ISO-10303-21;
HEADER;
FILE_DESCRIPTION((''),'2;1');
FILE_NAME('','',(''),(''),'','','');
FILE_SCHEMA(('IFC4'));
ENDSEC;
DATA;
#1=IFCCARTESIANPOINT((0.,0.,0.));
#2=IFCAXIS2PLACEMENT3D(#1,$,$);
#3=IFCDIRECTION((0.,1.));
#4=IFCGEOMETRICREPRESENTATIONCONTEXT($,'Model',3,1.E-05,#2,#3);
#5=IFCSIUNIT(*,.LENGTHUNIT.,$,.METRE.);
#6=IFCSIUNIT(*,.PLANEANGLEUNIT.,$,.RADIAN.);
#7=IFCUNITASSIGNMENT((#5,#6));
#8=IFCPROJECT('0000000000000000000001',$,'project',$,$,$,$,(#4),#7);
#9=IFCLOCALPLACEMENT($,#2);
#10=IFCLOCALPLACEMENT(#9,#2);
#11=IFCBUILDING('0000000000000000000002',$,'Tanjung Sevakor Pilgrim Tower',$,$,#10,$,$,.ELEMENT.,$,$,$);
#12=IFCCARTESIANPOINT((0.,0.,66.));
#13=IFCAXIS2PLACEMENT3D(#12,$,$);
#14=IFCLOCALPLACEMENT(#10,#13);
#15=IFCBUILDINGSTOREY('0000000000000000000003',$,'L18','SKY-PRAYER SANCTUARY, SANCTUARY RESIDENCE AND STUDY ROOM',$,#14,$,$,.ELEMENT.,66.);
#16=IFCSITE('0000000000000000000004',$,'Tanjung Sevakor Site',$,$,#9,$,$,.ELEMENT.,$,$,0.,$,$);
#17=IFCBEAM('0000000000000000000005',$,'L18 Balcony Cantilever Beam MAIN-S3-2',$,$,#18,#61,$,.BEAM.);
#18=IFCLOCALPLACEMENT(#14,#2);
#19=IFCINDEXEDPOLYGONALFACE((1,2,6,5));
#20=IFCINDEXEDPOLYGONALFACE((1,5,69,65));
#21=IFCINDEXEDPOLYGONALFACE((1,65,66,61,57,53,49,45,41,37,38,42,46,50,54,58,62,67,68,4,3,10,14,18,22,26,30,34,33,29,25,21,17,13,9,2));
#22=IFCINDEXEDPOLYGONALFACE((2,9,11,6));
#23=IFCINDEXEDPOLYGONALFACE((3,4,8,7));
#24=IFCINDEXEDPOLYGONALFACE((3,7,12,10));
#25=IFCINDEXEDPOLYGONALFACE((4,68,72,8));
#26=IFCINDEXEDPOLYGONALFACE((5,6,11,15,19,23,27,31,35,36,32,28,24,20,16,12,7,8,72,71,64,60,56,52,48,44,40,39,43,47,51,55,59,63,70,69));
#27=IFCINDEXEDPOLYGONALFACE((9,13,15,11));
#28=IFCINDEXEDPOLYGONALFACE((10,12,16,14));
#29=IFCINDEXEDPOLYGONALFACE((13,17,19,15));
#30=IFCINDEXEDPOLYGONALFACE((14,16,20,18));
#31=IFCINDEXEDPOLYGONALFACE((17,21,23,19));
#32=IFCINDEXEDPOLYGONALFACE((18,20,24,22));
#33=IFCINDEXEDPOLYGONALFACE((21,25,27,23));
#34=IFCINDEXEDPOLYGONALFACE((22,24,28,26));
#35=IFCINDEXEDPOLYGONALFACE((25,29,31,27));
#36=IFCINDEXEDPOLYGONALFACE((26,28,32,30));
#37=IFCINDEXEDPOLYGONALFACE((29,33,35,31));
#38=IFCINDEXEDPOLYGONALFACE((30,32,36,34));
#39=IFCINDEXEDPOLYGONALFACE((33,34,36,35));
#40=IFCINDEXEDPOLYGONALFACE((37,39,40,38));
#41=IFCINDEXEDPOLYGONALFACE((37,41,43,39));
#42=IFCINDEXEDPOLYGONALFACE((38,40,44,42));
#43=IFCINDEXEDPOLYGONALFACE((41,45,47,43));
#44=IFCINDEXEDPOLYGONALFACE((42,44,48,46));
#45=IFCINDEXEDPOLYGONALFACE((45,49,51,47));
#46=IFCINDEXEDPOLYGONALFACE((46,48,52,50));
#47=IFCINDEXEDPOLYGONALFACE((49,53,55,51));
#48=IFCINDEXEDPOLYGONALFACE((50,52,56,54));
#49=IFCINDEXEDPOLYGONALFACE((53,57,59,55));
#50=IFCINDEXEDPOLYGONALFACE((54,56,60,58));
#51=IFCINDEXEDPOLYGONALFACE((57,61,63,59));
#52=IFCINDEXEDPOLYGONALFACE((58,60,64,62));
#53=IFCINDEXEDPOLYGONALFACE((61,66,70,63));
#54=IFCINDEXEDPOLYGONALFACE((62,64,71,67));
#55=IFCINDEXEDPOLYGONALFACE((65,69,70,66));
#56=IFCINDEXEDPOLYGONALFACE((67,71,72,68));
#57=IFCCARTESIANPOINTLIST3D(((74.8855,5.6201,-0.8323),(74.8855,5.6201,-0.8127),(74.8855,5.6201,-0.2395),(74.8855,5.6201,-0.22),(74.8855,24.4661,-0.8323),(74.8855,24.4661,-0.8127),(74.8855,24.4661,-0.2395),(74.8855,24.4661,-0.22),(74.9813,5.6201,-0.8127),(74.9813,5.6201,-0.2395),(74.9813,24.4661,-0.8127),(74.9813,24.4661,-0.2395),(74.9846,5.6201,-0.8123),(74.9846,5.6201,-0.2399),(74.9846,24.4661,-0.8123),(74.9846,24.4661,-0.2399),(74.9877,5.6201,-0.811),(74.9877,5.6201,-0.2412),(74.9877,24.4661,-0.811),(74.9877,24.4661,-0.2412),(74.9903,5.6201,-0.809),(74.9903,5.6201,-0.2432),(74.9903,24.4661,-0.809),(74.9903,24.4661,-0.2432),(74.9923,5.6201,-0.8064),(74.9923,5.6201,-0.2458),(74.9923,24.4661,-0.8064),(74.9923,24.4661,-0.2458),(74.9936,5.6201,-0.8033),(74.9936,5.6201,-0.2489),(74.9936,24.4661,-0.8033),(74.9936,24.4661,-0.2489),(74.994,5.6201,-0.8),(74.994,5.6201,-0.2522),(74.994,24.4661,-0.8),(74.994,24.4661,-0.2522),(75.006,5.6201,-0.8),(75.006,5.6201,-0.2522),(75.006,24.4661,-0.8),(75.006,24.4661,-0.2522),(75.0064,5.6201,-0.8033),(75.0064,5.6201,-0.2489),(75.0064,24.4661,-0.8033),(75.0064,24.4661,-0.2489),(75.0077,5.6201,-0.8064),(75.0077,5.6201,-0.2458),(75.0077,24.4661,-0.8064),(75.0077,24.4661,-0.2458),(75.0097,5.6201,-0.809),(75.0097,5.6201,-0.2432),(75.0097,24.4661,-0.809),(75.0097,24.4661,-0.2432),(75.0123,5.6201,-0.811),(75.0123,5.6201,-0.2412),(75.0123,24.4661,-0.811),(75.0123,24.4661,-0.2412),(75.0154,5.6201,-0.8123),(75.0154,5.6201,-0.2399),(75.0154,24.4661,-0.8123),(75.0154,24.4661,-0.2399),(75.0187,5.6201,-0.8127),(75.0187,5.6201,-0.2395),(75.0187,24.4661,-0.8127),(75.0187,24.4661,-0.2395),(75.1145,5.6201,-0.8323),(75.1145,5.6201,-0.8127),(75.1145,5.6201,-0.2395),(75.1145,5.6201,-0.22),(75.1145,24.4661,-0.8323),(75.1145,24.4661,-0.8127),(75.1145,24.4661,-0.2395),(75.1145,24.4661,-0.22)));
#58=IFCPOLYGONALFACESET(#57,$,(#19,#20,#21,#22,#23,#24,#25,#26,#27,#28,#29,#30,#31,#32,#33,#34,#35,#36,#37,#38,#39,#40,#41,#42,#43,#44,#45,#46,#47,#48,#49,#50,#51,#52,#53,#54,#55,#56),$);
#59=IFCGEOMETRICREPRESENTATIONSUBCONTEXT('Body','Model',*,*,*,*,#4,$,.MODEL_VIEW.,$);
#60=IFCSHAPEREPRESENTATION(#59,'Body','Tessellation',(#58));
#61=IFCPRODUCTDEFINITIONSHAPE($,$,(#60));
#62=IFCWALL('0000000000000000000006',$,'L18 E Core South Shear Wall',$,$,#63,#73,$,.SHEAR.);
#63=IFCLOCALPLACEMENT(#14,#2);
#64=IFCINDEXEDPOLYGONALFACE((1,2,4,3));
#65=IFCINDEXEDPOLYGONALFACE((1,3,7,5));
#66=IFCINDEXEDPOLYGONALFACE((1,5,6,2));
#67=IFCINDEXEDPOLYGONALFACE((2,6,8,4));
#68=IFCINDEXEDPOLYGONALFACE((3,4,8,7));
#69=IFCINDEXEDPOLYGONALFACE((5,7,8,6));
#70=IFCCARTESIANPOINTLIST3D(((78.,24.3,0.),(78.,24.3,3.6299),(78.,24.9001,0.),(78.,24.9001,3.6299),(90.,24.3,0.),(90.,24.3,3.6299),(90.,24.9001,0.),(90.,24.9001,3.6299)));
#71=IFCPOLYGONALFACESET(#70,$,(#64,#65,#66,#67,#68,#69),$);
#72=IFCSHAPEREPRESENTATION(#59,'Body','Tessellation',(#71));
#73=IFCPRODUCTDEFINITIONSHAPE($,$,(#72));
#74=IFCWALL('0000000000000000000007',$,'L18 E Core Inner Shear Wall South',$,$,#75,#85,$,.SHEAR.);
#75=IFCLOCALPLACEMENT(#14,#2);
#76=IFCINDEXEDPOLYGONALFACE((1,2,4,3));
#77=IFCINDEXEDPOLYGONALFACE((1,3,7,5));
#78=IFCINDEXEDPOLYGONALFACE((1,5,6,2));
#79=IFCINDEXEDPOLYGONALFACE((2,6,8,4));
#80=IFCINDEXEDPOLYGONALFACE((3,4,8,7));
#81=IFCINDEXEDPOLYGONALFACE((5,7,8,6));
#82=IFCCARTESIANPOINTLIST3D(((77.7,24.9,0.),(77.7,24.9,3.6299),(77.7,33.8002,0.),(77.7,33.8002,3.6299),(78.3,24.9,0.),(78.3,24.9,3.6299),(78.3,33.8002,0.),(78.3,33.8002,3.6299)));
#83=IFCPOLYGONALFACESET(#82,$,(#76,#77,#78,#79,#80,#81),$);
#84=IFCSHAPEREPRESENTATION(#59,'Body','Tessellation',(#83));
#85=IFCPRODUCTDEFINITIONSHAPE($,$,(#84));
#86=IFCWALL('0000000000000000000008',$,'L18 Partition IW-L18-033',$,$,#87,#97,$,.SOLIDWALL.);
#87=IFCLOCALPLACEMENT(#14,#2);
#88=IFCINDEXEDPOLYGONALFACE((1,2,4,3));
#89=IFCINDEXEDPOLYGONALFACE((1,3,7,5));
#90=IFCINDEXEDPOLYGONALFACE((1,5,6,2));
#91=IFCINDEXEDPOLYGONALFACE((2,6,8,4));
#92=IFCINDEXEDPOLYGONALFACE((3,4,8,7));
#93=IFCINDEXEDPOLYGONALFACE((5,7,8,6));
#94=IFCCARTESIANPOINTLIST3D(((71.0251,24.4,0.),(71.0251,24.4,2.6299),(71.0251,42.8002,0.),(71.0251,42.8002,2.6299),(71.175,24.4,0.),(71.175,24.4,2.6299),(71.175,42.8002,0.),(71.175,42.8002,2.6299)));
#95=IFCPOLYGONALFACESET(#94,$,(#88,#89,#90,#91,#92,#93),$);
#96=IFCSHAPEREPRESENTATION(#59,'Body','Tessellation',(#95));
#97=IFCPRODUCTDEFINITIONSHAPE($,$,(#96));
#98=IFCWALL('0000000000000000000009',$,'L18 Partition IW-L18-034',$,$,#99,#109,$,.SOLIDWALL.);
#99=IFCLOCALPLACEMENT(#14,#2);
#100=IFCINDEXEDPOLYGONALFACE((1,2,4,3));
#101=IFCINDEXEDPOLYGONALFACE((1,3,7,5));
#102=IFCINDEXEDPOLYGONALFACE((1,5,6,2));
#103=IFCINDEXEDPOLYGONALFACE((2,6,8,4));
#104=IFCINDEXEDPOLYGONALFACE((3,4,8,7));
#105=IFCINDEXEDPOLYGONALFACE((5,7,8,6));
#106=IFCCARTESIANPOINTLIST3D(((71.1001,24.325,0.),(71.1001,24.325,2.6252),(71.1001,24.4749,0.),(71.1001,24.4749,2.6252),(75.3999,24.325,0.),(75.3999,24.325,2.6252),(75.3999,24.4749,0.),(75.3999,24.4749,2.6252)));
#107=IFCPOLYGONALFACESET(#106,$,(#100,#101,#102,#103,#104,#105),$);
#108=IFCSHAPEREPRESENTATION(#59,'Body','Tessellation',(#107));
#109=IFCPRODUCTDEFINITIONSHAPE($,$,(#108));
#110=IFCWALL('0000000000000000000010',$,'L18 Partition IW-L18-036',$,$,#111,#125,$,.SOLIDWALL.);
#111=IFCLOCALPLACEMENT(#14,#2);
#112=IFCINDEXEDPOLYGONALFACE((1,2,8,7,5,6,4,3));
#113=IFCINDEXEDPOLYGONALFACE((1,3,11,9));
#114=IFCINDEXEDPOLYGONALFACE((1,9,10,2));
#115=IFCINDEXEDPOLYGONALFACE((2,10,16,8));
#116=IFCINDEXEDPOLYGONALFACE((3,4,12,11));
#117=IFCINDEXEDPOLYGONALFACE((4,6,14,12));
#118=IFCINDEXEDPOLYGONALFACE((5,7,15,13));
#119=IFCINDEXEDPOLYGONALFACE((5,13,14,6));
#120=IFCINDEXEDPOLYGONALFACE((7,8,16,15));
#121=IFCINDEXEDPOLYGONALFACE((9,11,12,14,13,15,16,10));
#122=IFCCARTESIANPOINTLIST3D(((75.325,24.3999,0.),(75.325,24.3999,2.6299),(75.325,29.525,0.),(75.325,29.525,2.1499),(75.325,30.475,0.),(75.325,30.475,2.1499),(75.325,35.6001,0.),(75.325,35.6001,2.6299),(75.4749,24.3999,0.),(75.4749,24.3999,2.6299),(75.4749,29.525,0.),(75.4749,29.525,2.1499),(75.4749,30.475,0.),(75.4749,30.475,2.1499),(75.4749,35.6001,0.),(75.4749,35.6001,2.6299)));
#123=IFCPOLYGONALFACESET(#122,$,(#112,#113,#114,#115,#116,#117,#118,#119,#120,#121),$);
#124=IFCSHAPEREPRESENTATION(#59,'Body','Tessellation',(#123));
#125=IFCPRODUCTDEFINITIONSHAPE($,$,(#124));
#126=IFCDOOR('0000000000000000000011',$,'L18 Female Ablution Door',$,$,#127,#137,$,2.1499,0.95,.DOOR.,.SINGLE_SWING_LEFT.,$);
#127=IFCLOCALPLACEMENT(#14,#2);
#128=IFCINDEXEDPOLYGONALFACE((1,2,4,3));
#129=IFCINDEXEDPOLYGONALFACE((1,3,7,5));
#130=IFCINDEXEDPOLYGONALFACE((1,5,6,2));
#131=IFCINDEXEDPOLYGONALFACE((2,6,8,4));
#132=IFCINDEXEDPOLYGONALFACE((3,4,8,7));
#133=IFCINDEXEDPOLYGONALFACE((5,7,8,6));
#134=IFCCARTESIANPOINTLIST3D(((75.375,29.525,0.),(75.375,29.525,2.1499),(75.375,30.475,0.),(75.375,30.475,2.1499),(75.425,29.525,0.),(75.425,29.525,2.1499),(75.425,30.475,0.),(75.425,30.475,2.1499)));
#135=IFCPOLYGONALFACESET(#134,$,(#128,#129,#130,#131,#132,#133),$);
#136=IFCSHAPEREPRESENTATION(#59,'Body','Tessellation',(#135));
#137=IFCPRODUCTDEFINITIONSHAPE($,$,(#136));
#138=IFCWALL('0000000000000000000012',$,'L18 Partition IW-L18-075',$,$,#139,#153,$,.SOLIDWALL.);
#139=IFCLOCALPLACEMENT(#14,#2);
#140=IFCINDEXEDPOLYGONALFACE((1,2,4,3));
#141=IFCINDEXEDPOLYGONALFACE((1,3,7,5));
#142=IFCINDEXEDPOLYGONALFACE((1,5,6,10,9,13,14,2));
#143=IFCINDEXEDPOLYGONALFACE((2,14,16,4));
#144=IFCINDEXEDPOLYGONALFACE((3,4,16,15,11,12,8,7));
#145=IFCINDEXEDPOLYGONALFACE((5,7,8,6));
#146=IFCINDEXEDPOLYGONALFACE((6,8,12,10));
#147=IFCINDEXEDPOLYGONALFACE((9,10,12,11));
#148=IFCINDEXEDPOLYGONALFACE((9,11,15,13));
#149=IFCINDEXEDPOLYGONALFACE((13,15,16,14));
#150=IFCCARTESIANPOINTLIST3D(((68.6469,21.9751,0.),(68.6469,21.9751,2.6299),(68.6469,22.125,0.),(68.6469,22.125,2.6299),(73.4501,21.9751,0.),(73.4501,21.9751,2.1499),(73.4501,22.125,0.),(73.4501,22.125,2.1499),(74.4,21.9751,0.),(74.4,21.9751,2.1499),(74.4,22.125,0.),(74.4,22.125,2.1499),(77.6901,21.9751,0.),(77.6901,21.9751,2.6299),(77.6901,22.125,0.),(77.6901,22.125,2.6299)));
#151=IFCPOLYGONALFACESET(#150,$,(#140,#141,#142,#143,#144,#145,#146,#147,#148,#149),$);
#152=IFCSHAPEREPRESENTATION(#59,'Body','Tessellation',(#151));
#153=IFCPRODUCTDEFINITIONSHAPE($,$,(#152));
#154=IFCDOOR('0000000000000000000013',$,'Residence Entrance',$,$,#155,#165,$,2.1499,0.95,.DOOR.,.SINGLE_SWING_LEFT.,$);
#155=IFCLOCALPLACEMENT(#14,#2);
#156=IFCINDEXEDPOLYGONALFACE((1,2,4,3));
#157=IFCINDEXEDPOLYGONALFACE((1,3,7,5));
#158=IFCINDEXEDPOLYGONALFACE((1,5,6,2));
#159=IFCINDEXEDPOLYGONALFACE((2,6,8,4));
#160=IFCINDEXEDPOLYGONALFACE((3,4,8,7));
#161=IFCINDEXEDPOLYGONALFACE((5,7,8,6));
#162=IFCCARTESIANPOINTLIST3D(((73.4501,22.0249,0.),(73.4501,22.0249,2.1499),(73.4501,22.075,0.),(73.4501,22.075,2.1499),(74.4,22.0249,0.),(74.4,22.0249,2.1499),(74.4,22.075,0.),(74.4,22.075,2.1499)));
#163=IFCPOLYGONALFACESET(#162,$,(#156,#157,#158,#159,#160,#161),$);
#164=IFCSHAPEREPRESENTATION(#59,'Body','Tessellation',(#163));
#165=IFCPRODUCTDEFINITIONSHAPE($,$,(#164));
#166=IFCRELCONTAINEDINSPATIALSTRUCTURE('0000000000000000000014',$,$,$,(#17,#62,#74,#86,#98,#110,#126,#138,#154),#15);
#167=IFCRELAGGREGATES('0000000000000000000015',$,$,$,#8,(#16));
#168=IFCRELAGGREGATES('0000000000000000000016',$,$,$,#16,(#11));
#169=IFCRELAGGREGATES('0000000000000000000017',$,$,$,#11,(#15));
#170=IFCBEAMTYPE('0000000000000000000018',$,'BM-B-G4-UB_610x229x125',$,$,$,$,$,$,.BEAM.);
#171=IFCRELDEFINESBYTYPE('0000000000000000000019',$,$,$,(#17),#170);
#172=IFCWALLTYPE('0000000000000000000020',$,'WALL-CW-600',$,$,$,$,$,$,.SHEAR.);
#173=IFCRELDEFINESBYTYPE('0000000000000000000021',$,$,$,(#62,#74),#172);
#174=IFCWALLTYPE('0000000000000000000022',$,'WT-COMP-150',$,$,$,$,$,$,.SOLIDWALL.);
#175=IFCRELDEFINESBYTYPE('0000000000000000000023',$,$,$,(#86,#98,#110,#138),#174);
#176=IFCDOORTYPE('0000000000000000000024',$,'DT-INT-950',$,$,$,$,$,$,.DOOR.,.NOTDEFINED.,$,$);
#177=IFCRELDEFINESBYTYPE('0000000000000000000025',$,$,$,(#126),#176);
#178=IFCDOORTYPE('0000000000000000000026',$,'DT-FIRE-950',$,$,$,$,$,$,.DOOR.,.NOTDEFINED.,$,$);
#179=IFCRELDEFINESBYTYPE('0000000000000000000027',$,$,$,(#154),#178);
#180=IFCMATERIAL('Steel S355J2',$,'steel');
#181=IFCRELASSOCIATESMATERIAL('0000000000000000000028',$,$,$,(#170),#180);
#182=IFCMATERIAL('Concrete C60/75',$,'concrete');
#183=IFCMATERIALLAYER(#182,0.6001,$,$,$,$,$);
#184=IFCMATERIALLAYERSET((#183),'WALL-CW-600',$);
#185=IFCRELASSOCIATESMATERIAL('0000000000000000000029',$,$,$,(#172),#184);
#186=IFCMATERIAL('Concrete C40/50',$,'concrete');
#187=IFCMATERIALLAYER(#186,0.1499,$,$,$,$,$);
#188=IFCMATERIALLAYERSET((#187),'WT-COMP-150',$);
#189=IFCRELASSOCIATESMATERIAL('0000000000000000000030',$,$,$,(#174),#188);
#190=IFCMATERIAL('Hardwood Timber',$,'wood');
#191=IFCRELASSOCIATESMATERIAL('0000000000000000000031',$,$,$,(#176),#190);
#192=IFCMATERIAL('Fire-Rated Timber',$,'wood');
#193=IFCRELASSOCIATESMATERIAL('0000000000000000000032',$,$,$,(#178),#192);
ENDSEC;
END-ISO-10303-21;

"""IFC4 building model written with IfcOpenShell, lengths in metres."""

from ifc_helpers import new_model, si_unit, direction, frame, frame_2d, origin, origin_2d, place, context, subcontext, project, spatial, rectangle, i_section, extrude, material, layer, layer_set, material_profile, profile_set, type_object, element, fill, save


model = new_model("IFC4")

# Units and contexts
model_context = context("Model", 3, precision=1e-05, world=origin(), true_north=direction((0.0, 1.0)))
body_context = subcontext(model_context, "Body", "Model", "MODEL_VIEW")
ifc_project = project(units=[si_unit("LENGTHUNIT", "METRE"), si_unit("PLANEANGLEUNIT", "RADIAN")], contexts=[model_context])

# Site, building, storey
site_placement = place(None, origin())
site = spatial("IfcSite", under=ifc_project, at=site_placement, Name="Tanjung Sevakor Site", CompositionType="ELEMENT", RefElevation=0.0)
building_placement = place(site_placement, origin())
building = spatial("IfcBuilding", under=site, at=building_placement, Name="Tanjung Sevakor Pilgrim Tower", CompositionType="ELEMENT")
storey_placement = place(building_placement, frame((0.0, 0.0, 66.0)))
storey = spatial("IfcBuildingStorey", under=building, at=storey_placement, Name="L18", Description="SKY-PRAYER SANCTUARY, SANCTUARY RESIDENCE AND STUDY ROOM", CompositionType="ELEMENT", Elevation=66.0)

# Beam
ifc_material_1 = material(Name="Steel S355J2", Category="steel")
ifc_material_profile_1 = material_profile(ifc_material_1, i_section(OverallWidth=0.229, OverallDepth=0.6123, WebThickness=0.012, FlangeThickness=0.0195, FilletRadius=0.0127, at=origin_2d()))
ifc_profile_set_1 = profile_set([ifc_material_profile_1], Name="Steel S355J2")
beam_type_1 = type_object("IfcBeamType", Name="BM-B-G4-UB_610x229x125", PredefinedType="BEAM", material=ifc_profile_set_1)
beam_1_placement = place(storey_placement, frame((75.0, 24.4661, -0.5261), z_axis=(0.0, -1.0, 0.0), x_axis=(1.0, 0.0, 0.0)))
element("IfcBeam", 1, at=beam_1_placement, inside=storey, type_object=beam_type_1, Name="L18 Balcony Cantilever Beam MAIN-S3-2", PredefinedType="BEAM", context=body_context, shape_type="SweptSolid", body=[
    extrude(i_section(OverallWidth=0.229, OverallDepth=0.6123, WebThickness=0.012, FlangeThickness=0.0195, FilletRadius=0.0127, at=origin_2d()), origin(), (0.0, 0.0, 1.0), 18.8459),
])

# Walls
ifc_material_2 = material(Name="Concrete C60/75", Category="concrete")
ifc_layer_1 = layer(ifc_material_2, 0.6001)
ifc_layer_set_1 = layer_set([ifc_layer_1], Name="WALL-CW-600")
wall_type_1 = type_object("IfcWallType", Name="WALL-CW-600", PredefinedType="SHEAR", material=ifc_layer_set_1)
wall_1_placement = place(storey_placement, frame((78.0, 24.6001, 0.0), z_axis=(0.0, 0.0, 1.0), x_axis=(1.0, 0.0, 0.0)))
element("IfcWall", 2, at=wall_1_placement, inside=storey, type_object=wall_type_1, Name="L18 E Core South Shear Wall", PredefinedType="SHEAR", context=body_context, shape_type="SweptSolid", body=[
    extrude(rectangle(XDim=12.0, YDim=0.6001, at=frame_2d((6.0, 0.0))), origin(), (0.0, 0.0, 1.0), 3.6299),
])
wall_2_placement = place(storey_placement, frame((78.0, 24.8999, 0.0), z_axis=(0.0, 0.0, 1.0), x_axis=(0.0, 1.0, 0.0)))
element("IfcWall", 3, at=wall_2_placement, inside=storey, type_object=wall_type_1, Name="L18 E Core Inner Shear Wall South", PredefinedType="SHEAR", context=body_context, shape_type="SweptSolid", body=[
    extrude(rectangle(XDim=8.9001, YDim=0.6001, at=frame_2d((4.4502, 0.0))), origin(), (0.0, 0.0, 1.0), 3.6299),
])
ifc_material_3 = material(Name="Concrete C40/50", Category="concrete")
ifc_layer_2 = layer(ifc_material_3, 0.1499)
ifc_layer_set_2 = layer_set([ifc_layer_2], Name="WT-COMP-150")
wall_type_2 = type_object("IfcWallType", Name="WT-COMP-150", PredefinedType="SOLIDWALL", material=ifc_layer_set_2)
wall_3_placement = place(storey_placement, frame((71.1001, 24.3999, 0.0), z_axis=(0.0, 0.0, 1.0), x_axis=(0.0, 1.0, 0.0)))
element("IfcWall", 4, at=wall_3_placement, inside=storey, type_object=wall_type_2, Name="L18 Partition IW-L18-033", PredefinedType="SOLIDWALL", context=body_context, shape_type="SweptSolid", body=[
    extrude(rectangle(XDim=18.4001, YDim=0.1499, at=frame_2d((9.2002, 0.0))), origin(), (0.0, 0.0, 1.0), 2.6299),
])
wall_4_placement = place(storey_placement, frame((71.1001, 24.3999, 0.0), z_axis=(0.0, 0.0, 1.0), x_axis=(1.0, 0.0, 0.0)))
element("IfcWall", 5, at=wall_4_placement, inside=storey, type_object=wall_type_2, Name="L18 Partition IW-L18-034", PredefinedType="SOLIDWALL", context=body_context, shape_type="SweptSolid", body=[
    extrude(rectangle(XDim=4.2998, YDim=0.1499, at=frame_2d((2.1499, 0.0))), origin(), (0.0, 0.0, 1.0), 2.6252),
])

# Walls, openings, doors
wall_5_placement = place(storey_placement, frame((75.3999, 24.3999, 0.0), z_axis=(0.0, 0.0, 1.0), x_axis=(0.0, 1.0, 0.0)))
wall_5 = element("IfcWall", 6, at=wall_5_placement, inside=storey, type_object=wall_type_2, Name="L18 Partition IW-L18-036", PredefinedType="SOLIDWALL", context=body_context, shape_type="SweptSolid", body=[
    extrude(rectangle(XDim=11.2002, YDim=0.1499, at=frame_2d((5.6001, 0.0))), origin(), (0.0, 0.0, 1.0), 2.6299),
])
opening_1_placement = place(wall_5_placement, frame((5.125, 0.0, 0.0)))
opening_1 = element("IfcOpeningElement", 7, at=opening_1_placement, cuts=wall_5, PredefinedType="OPENING", context=body_context, shape_type="SweptSolid", body=[
    extrude(rectangle(XDim=0.95, YDim=2.1499, at=frame_2d((0.4751, 1.075))), frame((0.0, 0.085, 0.0), z_axis=(0.0, -1.0, 0.0), x_axis=(1.0, 0.0, 0.0)), (0.0, 0.0, 1.0), 0.1699),
])
ifc_material_4 = material(Name="Hardwood Timber", Category="wood")
door_type_1 = type_object("IfcDoorType", Name="DT-INT-950", OperationType="NOTDEFINED", PredefinedType="DOOR", material=ifc_material_4)
door_1_placement = place(opening_1_placement, origin())
door_1 = element("IfcDoor", 8, at=door_1_placement, inside=storey, type_object=door_type_1, Name="L18 Female Ablution Door", OperationType="SINGLE_SWING_LEFT", OverallHeight=2.1499, OverallWidth=0.95, PredefinedType="DOOR", context=body_context, shape_type="SweptSolid", body=[
    extrude(rectangle(XDim=0.95, YDim=2.1499, at=frame_2d((0.4751, 1.075))), frame((0.0, 0.0249, 0.0), z_axis=(0.0, -1.0, 0.0), x_axis=(1.0, 0.0, 0.0)), (0.0, 0.0, 1.0), 0.05),
])
fill(opening_1, door_1)
wall_6_placement = place(storey_placement, frame((68.647, 22.05, 0.0), z_axis=(0.0, 0.0, 1.0), x_axis=(1.0, 0.0, 0.0)))
wall_6 = element("IfcWall", 9, at=wall_6_placement, inside=storey, type_object=wall_type_2, Name="L18 Partition IW-L18-075", PredefinedType="SOLIDWALL", context=body_context, shape_type="SweptSolid", body=[
    extrude(rectangle(XDim=9.0432, YDim=0.1499, at=frame_2d((4.5215, 0.0))), origin(), (0.0, 0.0, 1.0), 2.6299),
])
opening_2_placement = place(wall_6_placement, frame((4.803, 0.0, 0.0)))
opening_2 = element("IfcOpeningElement", 10, at=opening_2_placement, cuts=wall_6, PredefinedType="OPENING", context=body_context, shape_type="SweptSolid", body=[
    extrude(rectangle(XDim=0.95, YDim=2.1499, at=frame_2d((0.4751, 1.075))), frame((0.0, 0.085, 0.0), z_axis=(0.0, -1.0, 0.0), x_axis=(1.0, 0.0, 0.0)), (0.0, 0.0, 1.0), 0.1699),
])
ifc_material_5 = material(Name="Fire-Rated Timber", Category="wood")
door_type_2 = type_object("IfcDoorType", Name="DT-FIRE-950", OperationType="NOTDEFINED", PredefinedType="DOOR", material=ifc_material_5)
door_2_placement = place(opening_2_placement, origin())
door_2 = element("IfcDoor", 11, at=door_2_placement, inside=storey, type_object=door_type_2, Name="Residence Entrance", OperationType="SINGLE_SWING_LEFT", OverallHeight=2.1499, OverallWidth=0.95, PredefinedType="DOOR", context=body_context, shape_type="SweptSolid", body=[
    extrude(rectangle(XDim=0.95, YDim=2.1499, at=frame_2d((0.4751, 1.075))), frame((0.0, 0.0249, 0.0), z_axis=(0.0, -1.0, 0.0), x_axis=(1.0, 0.0, 0.0)), (0.0, 0.0, 1.0), 0.05),
])
fill(opening_2, door_2)

save(model, "model.ifc")
